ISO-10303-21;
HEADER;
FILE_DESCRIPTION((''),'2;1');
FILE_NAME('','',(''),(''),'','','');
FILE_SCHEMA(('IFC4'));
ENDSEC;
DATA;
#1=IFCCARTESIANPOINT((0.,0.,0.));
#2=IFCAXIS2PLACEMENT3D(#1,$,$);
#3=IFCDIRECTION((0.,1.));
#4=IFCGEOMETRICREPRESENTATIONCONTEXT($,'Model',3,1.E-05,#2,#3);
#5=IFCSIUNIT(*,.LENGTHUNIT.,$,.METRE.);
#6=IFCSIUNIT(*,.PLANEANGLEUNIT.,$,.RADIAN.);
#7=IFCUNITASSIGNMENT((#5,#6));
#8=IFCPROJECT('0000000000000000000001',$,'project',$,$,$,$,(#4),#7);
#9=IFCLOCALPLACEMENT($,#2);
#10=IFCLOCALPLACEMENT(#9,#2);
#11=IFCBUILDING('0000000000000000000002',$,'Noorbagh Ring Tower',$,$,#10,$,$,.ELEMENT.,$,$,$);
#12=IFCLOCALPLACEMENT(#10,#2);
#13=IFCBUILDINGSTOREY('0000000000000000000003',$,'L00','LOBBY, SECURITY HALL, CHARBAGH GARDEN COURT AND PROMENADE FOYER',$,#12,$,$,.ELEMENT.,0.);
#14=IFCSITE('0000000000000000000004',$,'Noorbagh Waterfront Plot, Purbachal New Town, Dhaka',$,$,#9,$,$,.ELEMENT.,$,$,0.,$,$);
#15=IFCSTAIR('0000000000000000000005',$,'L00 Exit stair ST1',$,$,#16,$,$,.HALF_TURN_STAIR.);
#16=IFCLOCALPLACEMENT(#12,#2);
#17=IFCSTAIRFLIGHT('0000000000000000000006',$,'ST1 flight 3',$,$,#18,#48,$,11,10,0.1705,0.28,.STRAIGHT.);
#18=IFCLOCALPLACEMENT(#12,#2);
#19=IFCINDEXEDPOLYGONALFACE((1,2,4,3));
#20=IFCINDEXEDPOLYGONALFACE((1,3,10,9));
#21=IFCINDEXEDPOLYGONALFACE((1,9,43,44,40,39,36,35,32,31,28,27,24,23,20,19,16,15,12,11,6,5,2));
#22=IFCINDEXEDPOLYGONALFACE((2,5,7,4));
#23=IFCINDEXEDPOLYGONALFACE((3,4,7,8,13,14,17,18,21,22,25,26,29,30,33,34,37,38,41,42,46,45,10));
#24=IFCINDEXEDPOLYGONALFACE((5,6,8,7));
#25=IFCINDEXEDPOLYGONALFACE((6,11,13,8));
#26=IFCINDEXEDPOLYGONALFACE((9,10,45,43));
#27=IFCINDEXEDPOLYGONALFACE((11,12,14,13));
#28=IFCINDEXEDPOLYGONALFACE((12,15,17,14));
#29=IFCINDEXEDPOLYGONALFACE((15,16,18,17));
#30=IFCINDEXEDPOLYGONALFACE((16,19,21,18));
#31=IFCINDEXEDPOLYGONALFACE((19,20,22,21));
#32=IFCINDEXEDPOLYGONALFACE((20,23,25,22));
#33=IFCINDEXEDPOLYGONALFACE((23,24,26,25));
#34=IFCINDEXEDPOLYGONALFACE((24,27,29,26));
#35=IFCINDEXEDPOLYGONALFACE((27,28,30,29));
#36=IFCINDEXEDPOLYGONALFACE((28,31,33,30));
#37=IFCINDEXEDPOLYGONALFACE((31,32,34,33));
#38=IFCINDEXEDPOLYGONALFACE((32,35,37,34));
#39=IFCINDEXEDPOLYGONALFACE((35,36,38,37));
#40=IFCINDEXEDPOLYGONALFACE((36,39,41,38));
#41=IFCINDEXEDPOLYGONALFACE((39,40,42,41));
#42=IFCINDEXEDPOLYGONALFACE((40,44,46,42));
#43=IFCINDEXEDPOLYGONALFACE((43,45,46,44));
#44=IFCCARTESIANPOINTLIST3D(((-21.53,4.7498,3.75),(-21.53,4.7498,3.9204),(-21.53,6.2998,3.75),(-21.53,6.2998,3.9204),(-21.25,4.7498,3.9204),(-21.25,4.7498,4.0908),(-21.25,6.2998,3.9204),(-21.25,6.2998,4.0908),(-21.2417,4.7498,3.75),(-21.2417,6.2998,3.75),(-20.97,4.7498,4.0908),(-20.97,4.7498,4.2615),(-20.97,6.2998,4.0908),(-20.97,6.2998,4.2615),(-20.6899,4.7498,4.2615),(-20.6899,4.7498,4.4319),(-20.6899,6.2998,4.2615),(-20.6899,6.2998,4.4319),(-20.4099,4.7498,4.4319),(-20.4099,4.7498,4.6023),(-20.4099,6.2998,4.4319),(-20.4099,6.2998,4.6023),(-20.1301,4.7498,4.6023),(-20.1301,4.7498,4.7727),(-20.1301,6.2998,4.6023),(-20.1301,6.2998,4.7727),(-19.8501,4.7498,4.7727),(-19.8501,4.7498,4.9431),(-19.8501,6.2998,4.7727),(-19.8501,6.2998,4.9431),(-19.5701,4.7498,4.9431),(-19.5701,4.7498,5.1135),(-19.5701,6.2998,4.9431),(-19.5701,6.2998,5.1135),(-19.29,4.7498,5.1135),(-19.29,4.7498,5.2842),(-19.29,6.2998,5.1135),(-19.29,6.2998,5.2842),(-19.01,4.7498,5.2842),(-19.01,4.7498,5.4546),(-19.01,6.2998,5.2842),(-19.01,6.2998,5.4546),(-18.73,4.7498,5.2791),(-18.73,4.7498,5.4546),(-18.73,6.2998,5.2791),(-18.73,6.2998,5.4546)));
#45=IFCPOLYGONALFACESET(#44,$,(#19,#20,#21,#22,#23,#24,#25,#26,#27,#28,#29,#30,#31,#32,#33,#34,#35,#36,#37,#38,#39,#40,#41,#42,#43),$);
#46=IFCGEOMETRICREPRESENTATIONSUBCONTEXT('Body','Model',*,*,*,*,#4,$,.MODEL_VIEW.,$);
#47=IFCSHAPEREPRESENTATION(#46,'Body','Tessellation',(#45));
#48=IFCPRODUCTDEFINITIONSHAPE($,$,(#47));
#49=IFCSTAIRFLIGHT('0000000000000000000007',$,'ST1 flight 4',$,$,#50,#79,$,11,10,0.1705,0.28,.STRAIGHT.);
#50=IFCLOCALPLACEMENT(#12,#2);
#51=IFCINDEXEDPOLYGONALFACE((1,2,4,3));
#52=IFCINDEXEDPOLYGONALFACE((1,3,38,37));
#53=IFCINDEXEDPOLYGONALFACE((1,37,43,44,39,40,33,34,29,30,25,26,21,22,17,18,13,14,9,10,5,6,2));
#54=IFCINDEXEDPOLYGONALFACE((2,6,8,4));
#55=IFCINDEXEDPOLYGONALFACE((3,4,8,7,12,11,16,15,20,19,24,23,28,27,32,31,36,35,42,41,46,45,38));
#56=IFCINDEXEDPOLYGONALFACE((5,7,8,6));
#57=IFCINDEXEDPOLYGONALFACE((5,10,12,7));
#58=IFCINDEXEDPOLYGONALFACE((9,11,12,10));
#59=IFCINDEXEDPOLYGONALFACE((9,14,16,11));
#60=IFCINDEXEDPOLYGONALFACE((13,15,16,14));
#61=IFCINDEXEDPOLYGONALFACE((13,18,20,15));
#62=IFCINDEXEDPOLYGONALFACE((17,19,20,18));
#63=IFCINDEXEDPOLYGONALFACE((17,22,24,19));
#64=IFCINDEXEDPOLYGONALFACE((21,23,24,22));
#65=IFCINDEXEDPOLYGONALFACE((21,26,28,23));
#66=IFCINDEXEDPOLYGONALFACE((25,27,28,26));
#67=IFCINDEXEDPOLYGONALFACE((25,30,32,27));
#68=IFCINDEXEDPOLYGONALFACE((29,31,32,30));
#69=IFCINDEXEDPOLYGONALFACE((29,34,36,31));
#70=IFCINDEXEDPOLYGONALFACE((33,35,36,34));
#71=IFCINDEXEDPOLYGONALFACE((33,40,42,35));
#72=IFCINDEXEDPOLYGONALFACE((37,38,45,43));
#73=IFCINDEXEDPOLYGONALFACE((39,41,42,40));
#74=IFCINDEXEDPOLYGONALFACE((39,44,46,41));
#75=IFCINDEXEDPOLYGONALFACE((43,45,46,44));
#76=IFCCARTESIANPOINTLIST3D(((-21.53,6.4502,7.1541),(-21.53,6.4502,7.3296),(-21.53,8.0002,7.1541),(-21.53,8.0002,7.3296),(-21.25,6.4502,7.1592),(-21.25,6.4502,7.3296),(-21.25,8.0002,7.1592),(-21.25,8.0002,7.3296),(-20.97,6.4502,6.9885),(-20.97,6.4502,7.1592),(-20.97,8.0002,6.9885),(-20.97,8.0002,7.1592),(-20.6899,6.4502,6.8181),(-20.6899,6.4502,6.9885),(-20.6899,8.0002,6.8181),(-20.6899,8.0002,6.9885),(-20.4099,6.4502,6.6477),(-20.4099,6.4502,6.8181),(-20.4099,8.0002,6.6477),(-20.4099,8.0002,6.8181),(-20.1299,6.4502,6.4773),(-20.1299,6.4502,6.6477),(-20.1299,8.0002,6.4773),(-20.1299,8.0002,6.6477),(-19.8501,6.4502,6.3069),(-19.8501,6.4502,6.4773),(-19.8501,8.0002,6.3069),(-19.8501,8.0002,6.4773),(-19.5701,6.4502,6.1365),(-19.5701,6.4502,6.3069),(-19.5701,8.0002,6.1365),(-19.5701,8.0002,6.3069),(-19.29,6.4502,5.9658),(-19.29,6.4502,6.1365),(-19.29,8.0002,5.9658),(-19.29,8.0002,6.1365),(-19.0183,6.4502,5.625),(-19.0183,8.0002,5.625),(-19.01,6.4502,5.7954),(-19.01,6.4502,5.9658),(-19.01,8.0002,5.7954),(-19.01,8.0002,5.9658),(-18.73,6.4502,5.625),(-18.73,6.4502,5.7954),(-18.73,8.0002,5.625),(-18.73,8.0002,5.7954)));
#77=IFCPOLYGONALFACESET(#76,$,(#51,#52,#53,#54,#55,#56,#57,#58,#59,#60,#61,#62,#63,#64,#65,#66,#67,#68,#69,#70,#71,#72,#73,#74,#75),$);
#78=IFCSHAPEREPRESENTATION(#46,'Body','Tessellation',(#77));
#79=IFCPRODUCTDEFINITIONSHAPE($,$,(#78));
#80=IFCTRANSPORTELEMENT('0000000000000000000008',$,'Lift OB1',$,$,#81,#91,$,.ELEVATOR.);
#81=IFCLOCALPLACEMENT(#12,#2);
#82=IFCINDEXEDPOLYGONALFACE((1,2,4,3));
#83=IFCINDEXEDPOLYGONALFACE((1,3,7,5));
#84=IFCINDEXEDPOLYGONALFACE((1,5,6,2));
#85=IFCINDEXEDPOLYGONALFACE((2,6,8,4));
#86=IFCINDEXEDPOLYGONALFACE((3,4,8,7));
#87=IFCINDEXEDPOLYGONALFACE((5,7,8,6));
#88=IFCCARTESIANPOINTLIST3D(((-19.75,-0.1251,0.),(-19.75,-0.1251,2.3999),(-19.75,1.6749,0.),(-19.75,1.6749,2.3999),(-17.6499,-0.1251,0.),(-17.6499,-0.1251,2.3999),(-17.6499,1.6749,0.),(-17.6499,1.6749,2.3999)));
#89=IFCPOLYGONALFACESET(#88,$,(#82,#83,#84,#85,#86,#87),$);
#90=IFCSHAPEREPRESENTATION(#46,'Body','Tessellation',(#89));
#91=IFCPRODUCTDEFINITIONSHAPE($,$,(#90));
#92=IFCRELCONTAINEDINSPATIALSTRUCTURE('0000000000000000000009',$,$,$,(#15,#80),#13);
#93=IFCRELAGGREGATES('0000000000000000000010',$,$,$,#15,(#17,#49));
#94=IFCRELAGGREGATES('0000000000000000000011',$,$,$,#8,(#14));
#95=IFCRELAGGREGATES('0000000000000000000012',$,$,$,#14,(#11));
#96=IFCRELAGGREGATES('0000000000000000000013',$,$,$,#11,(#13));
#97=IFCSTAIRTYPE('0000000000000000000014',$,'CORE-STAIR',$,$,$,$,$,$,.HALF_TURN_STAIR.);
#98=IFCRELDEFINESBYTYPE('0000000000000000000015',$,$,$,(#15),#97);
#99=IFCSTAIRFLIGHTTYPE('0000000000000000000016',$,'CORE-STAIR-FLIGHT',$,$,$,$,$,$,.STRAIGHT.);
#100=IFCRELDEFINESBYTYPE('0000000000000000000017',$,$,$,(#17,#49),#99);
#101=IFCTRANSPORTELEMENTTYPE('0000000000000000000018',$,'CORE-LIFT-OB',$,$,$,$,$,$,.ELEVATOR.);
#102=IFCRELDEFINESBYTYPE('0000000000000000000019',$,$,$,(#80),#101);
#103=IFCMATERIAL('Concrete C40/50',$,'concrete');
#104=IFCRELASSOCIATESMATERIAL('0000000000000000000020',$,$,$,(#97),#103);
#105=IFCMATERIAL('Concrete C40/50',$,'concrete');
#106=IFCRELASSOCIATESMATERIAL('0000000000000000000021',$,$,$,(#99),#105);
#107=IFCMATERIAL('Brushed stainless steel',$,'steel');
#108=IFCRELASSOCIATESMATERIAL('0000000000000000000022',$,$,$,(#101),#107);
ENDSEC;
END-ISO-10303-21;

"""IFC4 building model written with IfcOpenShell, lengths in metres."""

from ifc_helpers import new_model, si_unit, direction, frame, origin, origin_2d, place, context, subcontext, project, spatial, polyline, rectangle, outline, extrude, material, type_object, element, aggregate, save


model = new_model("IFC4")

# Units and contexts
model_context = context("Model", 3, precision=1e-05, world=origin(), true_north=direction((0.0, 1.0)))
body_context = subcontext(model_context, "Body", "Model", "MODEL_VIEW")
ifc_project = project(units=[si_unit("LENGTHUNIT", "METRE"), si_unit("PLANEANGLEUNIT", "RADIAN")], contexts=[model_context])

# Site, building, storey
site_placement = place(None, origin())
site = spatial("IfcSite", under=ifc_project, at=site_placement, Name="Noorbagh Waterfront Plot, Purbachal New Town, Dhaka", CompositionType="ELEMENT", RefElevation=0.0)
building_placement = place(site_placement, origin())
building = spatial("IfcBuilding", under=site, at=building_placement, Name="Noorbagh Ring Tower", CompositionType="ELEMENT")
storey_placement = place(building_placement, origin())
storey = spatial("IfcBuildingStorey", under=building, at=storey_placement, Name="L00", Description="LOBBY, SECURITY HALL, CHARBAGH GARDEN COURT AND PROMENADE FOYER", CompositionType="ELEMENT", Elevation=0.0)

# Stair, stair flights
ifc_material_1 = material(Name="Concrete C40/50", Category="concrete")
stair_type = type_object("IfcStairType", Name="CORE-STAIR", PredefinedType="HALF_TURN_STAIR", material=ifc_material_1)
stair_placement = place(storey_placement, origin())
stair = element("IfcStair", 1, at=stair_placement, inside=storey, type_object=stair_type, Name="L00 Exit stair ST1", PredefinedType="HALF_TURN_STAIR")
ifc_material_2 = material(Name="Concrete C40/50", Category="concrete")
stair_flight_type = type_object("IfcStairFlightType", Name="CORE-STAIR-FLIGHT", PredefinedType="STRAIGHT", material=ifc_material_2)
stair_flight_1_placement = place(storey_placement, frame((-21.53, 5.5249, 3.75), z_axis=(0.0, 0.0, 1.0), x_axis=(1.0, 0.0, 0.0)))
stair_flight_1 = element("IfcStairFlight", 2, at=stair_flight_1_placement, type_object=stair_flight_type, Name="ST1 flight 3", NumberOfRisers=11, NumberOfTreads=10, PredefinedType="STRAIGHT", RiserHeight=0.1705, TreadLength=0.28, context=body_context, shape_type="SweptSolid", body=[
    extrude(outline(polyline([(0.0, 0.0), (0.0, 0.1704), (0.28, 0.1704), (0.28, 0.3408), (0.5601, 0.3408), (0.5601, 0.5115), (0.8401, 0.5115), (0.8401, 0.6819), (1.1201, 0.6819), (1.1201, 0.8523), (1.3999, 0.8523), (1.3999, 1.0227), (1.6799, 1.0227), (1.6799, 1.1931), (1.96, 1.1931), (1.96, 1.3635), (2.24, 1.3635), (2.24, 1.5342), (2.52, 1.5342), (2.52, 1.7046), (2.8, 1.7046), (2.8, 1.875), (2.8, 1.5291), (0.2883, 0.0), (0.0, 0.0)])), frame((0.0, 0.7749, 0.0), z_axis=(0.0, -1.0, 0.0), x_axis=(1.0, 0.0, 0.0)), (0.0, 0.0, 1.0), 1.55),
])
stair_flight_2_placement = place(storey_placement, frame((-18.73, 7.2251, 5.625), z_axis=(0.0, 0.0, 1.0), x_axis=(-1.0, 0.0, 0.0)))
stair_flight_2 = element("IfcStairFlight", 3, at=stair_flight_2_placement, type_object=stair_flight_type, Name="ST1 flight 4", NumberOfRisers=11, NumberOfTreads=10, PredefinedType="STRAIGHT", RiserHeight=0.1705, TreadLength=0.28, context=body_context, shape_type="SweptSolid", body=[
    extrude(outline(polyline([(0.0, 0.0), (0.0, 0.1704), (0.28, 0.1704), (0.28, 0.3408), (0.5601, 0.3408), (0.5601, 0.5115), (0.8401, 0.5115), (0.8401, 0.6819), (1.1201, 0.6819), (1.1201, 0.8523), (1.3999, 0.8523), (1.3999, 1.0227), (1.6799, 1.0227), (1.6799, 1.1931), (1.96, 1.1931), (1.96, 1.3635), (2.24, 1.3635), (2.24, 1.5342), (2.52, 1.5342), (2.52, 1.7046), (2.8, 1.7046), (2.8, 1.875), (2.8, 1.5291), (0.2883, 0.0), (0.0, 0.0)])), frame((0.0, 0.7749, 0.0), z_axis=(0.0, -1.0, 0.0), x_axis=(1.0, 0.0, 0.0)), (0.0, 0.0, 1.0), 1.55),
])
aggregate(stair, [stair_flight_1, stair_flight_2])

# Transport element
ifc_material_3 = material(Name="Brushed stainless steel", Category="steel")
transport_element_type = type_object("IfcTransportElementType", Name="CORE-LIFT-OB", PredefinedType="ELEVATOR", material=ifc_material_3)
transport_element_placement = place(storey_placement, frame((-18.7, 0.7749, 0.0), z_axis=(0.0, 0.0, 1.0), x_axis=(1.0, 0.0, 0.0)))
element("IfcTransportElement", 4, at=transport_element_placement, inside=storey, type_object=transport_element_type, Name="Lift OB1", PredefinedType="ELEVATOR", context=body_context, shape_type="SweptSolid", body=[
    extrude(rectangle(XDim=2.1001, YDim=1.8, at=origin_2d()), origin(), (0.0, 0.0, 1.0), 2.3999),
])

save(model, "model.ifc")
